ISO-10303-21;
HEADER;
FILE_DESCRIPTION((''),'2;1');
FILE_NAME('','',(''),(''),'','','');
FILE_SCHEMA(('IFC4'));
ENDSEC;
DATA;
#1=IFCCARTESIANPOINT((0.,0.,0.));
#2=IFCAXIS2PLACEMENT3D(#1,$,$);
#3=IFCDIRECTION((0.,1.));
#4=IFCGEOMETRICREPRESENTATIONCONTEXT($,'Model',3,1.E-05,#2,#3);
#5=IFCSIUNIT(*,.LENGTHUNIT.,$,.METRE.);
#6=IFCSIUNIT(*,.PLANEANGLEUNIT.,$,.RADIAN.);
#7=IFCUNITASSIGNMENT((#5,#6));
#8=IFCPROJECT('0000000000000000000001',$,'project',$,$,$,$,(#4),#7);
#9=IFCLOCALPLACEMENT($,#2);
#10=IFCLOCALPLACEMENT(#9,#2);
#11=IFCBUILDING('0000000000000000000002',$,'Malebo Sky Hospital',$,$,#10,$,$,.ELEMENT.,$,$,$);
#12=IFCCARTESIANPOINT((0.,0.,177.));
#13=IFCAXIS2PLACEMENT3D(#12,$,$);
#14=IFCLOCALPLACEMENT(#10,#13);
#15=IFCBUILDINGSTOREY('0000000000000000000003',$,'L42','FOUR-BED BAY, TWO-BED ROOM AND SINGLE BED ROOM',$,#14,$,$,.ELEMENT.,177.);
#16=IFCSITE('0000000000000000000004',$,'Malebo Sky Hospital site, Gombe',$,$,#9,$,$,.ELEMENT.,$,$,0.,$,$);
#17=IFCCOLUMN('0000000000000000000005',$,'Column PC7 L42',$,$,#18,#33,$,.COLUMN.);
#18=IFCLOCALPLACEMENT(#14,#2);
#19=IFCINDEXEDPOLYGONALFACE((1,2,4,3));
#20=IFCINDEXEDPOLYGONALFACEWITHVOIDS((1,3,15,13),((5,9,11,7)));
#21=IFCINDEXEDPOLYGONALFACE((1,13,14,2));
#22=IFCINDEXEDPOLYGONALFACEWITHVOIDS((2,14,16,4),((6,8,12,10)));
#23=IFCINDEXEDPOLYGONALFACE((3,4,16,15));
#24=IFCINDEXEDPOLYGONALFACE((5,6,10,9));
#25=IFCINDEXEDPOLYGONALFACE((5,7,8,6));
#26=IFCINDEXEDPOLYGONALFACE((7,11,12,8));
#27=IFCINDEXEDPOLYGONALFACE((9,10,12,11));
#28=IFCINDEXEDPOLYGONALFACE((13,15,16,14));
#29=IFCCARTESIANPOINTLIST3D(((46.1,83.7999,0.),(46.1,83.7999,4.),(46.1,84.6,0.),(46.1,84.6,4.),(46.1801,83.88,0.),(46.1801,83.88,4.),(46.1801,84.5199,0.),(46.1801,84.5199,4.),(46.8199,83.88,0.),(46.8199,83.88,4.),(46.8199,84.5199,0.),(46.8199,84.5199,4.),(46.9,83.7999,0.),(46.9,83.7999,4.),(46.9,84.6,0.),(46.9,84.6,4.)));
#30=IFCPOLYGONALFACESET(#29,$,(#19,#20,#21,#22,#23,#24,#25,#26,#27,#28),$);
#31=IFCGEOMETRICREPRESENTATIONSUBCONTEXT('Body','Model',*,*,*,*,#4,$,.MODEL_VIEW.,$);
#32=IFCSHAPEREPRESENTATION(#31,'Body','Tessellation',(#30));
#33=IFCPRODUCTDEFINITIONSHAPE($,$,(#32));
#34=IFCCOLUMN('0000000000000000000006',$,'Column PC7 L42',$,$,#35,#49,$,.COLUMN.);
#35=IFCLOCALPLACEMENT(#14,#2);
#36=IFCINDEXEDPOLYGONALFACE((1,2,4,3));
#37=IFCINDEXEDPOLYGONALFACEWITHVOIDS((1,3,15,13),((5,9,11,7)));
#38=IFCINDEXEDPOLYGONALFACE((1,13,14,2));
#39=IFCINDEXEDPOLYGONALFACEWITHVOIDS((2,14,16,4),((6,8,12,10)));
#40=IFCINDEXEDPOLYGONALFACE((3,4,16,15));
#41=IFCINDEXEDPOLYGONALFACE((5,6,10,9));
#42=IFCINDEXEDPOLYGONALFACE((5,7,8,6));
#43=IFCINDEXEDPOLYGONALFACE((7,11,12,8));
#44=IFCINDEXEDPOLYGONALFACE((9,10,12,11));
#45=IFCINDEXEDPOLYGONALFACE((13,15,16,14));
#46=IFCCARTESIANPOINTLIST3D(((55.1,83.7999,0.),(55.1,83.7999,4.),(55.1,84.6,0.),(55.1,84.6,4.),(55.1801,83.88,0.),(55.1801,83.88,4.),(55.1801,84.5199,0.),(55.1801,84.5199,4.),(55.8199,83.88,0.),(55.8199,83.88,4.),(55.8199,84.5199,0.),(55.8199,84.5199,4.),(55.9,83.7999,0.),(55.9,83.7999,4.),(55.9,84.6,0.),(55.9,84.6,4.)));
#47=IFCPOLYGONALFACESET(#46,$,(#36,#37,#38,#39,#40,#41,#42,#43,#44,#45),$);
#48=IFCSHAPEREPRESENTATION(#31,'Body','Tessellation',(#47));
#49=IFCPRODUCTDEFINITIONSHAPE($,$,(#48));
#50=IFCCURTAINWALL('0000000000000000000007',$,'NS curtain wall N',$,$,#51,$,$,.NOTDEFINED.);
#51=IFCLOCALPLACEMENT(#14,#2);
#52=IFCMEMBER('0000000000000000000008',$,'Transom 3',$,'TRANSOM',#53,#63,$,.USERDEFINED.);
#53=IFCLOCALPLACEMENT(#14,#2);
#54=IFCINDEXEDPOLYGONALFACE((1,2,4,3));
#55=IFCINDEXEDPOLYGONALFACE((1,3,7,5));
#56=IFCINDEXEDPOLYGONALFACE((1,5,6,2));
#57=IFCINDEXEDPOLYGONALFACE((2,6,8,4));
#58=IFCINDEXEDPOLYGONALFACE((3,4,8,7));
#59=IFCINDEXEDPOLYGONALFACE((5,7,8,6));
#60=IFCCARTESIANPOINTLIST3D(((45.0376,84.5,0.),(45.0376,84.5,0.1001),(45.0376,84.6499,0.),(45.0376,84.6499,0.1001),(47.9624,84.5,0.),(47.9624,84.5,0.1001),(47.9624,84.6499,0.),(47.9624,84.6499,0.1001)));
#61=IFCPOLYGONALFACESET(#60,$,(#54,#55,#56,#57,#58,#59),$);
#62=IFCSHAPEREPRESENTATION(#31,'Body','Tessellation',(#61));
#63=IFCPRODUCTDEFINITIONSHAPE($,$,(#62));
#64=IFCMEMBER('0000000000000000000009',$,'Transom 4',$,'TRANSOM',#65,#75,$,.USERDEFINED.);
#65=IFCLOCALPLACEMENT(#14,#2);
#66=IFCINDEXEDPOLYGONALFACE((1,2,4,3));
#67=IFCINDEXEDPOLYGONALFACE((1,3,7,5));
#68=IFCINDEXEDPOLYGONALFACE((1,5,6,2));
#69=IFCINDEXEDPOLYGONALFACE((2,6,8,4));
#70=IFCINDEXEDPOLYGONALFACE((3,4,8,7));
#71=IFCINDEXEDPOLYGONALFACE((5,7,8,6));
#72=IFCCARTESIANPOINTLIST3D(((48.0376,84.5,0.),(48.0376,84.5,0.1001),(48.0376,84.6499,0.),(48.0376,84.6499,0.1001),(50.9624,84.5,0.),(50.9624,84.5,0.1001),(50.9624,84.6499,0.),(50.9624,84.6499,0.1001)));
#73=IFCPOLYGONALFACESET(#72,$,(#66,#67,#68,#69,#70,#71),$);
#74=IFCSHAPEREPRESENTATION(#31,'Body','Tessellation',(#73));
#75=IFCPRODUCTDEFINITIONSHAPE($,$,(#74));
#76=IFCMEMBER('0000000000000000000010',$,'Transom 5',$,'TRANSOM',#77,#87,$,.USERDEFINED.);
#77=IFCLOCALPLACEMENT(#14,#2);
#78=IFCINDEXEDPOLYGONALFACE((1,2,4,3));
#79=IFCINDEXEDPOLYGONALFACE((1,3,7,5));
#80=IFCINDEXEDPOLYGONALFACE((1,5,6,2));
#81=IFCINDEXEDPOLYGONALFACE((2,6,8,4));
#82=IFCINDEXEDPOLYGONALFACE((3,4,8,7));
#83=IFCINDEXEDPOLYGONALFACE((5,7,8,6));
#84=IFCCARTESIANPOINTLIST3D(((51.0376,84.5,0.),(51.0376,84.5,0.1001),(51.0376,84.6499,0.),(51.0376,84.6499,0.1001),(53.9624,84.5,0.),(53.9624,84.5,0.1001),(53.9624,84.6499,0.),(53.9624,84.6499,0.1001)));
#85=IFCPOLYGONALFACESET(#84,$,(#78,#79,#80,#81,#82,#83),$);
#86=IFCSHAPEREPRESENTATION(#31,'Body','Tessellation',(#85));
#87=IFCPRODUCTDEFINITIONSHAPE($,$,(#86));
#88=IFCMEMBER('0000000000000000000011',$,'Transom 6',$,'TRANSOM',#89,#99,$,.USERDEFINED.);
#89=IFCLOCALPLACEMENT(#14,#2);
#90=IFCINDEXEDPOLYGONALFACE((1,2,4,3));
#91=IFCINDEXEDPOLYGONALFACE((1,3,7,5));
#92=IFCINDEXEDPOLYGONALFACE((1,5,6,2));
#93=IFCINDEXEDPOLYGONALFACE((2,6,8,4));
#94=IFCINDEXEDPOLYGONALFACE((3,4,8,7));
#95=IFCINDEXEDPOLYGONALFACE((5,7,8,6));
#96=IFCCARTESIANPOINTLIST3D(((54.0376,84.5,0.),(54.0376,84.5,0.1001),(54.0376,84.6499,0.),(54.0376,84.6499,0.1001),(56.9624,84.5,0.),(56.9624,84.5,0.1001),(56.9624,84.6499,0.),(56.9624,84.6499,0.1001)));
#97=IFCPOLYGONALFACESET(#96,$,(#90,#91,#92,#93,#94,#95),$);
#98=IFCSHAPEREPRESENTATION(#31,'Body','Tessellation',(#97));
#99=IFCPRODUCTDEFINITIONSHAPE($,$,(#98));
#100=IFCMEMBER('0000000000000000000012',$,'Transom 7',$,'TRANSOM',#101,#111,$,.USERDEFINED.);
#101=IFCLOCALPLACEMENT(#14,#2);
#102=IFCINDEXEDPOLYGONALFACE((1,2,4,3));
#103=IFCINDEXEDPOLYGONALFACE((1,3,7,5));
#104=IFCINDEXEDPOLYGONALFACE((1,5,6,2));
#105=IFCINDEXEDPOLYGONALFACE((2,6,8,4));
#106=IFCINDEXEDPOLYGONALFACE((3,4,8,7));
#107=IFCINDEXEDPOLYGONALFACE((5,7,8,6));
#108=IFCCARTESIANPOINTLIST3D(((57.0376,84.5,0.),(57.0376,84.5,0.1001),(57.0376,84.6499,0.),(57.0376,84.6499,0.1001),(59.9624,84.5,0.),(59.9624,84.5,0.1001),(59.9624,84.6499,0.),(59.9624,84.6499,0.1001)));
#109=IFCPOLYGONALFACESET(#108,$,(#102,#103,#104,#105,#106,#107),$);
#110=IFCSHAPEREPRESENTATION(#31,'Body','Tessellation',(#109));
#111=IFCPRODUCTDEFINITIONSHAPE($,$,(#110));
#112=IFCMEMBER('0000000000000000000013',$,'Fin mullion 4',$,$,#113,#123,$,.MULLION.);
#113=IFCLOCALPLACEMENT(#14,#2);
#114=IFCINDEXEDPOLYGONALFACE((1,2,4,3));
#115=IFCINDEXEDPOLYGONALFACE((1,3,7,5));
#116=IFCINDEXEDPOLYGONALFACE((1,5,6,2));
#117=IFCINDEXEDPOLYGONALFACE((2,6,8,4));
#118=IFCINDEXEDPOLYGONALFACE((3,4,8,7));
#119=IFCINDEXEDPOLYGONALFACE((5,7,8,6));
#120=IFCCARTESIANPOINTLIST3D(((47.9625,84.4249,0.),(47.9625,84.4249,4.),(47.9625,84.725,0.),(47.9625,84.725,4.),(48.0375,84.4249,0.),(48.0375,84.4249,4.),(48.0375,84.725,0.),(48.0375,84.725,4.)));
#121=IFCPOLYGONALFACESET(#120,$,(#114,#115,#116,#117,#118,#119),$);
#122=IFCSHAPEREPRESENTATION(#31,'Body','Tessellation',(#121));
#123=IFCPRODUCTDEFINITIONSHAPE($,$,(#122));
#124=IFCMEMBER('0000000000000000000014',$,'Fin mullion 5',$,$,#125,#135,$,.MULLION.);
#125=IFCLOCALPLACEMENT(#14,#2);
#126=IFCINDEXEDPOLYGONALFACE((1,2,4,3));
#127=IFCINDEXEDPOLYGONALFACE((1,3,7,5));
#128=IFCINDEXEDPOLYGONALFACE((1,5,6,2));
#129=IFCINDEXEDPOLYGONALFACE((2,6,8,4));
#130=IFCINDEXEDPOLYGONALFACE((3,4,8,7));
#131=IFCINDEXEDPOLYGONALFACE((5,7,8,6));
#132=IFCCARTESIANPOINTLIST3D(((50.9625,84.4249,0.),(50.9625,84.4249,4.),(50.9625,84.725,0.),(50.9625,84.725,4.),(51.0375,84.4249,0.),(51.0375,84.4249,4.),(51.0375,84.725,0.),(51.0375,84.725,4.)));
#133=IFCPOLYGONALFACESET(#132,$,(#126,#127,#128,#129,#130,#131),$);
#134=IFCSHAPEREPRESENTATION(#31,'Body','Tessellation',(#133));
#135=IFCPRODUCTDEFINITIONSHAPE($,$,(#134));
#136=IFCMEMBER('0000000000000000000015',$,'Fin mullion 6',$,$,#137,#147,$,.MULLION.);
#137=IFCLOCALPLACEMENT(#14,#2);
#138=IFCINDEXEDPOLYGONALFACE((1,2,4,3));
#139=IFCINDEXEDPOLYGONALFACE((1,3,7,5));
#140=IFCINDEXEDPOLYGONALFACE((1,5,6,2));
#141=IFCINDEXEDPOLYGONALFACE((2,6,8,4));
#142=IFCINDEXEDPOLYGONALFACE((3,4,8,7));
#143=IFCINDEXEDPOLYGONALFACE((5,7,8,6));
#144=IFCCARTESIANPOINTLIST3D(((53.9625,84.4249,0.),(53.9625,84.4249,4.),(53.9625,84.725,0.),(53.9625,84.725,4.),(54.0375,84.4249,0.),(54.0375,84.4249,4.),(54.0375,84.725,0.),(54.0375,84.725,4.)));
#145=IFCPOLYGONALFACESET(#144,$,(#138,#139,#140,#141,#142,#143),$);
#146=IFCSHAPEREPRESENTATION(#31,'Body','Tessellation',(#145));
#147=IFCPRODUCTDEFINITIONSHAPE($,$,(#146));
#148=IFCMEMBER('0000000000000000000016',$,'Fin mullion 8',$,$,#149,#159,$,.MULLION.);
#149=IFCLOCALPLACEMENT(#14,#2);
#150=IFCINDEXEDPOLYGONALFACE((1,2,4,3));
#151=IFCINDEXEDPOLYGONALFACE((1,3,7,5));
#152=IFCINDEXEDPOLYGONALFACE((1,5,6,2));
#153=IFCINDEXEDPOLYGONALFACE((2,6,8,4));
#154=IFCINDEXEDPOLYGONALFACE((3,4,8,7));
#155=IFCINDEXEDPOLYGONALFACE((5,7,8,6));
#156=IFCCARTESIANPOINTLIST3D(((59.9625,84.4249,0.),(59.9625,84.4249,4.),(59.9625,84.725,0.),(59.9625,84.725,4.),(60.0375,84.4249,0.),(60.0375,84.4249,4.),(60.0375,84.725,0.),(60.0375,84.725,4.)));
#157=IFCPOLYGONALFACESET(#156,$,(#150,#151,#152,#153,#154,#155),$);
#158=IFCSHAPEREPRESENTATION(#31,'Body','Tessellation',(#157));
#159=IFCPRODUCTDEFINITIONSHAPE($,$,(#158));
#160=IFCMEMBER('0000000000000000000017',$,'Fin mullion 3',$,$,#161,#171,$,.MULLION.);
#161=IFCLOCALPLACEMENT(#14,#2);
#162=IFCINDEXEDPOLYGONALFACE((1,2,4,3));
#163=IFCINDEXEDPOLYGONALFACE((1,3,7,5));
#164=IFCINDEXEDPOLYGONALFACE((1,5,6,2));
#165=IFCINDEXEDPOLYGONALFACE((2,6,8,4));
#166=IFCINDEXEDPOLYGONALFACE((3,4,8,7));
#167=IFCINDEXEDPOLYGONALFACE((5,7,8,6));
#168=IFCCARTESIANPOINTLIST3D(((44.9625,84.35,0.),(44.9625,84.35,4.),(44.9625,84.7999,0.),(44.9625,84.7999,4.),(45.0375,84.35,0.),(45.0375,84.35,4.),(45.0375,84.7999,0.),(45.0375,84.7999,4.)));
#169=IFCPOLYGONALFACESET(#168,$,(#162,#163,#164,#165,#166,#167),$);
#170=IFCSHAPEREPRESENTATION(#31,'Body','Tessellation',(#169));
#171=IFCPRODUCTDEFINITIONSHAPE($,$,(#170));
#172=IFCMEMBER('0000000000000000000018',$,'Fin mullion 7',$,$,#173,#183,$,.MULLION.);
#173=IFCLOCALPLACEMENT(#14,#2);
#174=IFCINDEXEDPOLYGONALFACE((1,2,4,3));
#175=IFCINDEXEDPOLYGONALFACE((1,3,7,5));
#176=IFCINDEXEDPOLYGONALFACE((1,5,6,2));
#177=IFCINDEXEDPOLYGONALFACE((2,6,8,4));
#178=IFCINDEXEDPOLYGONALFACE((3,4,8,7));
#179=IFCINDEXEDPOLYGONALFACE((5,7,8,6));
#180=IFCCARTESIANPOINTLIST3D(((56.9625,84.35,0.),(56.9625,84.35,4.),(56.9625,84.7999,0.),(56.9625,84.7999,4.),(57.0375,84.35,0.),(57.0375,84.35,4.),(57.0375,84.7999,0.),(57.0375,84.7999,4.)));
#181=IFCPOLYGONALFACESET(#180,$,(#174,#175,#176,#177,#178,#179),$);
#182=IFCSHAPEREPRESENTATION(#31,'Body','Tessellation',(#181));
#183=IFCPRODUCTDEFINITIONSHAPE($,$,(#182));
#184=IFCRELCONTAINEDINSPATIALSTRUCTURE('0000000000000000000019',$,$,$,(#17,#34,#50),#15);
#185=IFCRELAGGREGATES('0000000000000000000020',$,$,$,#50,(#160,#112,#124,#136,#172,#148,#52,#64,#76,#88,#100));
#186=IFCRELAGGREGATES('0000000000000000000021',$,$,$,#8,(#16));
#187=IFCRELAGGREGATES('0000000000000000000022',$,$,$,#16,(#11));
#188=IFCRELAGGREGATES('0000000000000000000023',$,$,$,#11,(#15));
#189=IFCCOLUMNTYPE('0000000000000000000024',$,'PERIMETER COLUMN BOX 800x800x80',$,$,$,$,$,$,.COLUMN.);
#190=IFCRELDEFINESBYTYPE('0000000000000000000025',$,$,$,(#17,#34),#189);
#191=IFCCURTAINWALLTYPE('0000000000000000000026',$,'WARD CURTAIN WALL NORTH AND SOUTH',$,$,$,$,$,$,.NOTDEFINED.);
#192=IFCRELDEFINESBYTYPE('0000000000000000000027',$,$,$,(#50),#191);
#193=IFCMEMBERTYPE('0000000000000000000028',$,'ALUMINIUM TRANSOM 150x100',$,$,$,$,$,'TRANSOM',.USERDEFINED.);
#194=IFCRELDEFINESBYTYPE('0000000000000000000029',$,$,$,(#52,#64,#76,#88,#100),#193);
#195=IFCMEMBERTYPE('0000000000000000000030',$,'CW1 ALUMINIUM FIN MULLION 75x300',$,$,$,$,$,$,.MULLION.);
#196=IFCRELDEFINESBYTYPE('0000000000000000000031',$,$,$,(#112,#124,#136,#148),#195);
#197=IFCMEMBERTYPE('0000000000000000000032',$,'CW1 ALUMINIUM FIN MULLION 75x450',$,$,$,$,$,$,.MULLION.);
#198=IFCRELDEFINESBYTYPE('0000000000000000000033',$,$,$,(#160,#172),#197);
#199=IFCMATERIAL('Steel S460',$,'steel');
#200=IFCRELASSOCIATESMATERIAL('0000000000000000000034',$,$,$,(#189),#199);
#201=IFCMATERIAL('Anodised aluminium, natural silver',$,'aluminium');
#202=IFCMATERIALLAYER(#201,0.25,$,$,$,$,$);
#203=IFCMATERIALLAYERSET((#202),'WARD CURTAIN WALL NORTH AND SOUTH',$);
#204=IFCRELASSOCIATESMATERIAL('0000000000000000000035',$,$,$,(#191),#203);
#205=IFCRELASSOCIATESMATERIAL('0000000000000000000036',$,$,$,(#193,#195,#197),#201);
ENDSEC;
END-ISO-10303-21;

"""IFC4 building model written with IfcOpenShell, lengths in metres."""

from ifc_helpers import new_model, si_unit, direction, frame, origin, origin_2d, place, context, subcontext, project, spatial, rectangle, hollow_rectangle, extrude, material, layer, layer_set, material_profile, profile_set, type_object, element, aggregate, save


model = new_model("IFC4")

# Units and contexts
model_context = context("Model", 3, precision=1e-05, world=origin(), true_north=direction((0.0, 1.0)))
body_context = subcontext(model_context, "Body", "Model", "MODEL_VIEW")
ifc_project = project(units=[si_unit("LENGTHUNIT", "METRE"), si_unit("PLANEANGLEUNIT", "RADIAN")], contexts=[model_context])

# Site, building, storey
site_placement = place(None, origin())
site = spatial("IfcSite", under=ifc_project, at=site_placement, Name="Malebo Sky Hospital site, Gombe", CompositionType="ELEMENT", RefElevation=0.0)
building_placement = place(site_placement, origin())
building = spatial("IfcBuilding", under=site, at=building_placement, Name="Malebo Sky Hospital", CompositionType="ELEMENT")
storey_placement = place(building_placement, frame((0.0, 0.0, 177.0)))
storey = spatial("IfcBuildingStorey", under=building, at=storey_placement, Name="L42", Description="FOUR-BED BAY, TWO-BED ROOM AND SINGLE BED ROOM", CompositionType="ELEMENT", Elevation=177.0)

# Columns
ifc_material_1 = material(Name="Steel S460", Category="steel")
ifc_material_profile_1 = material_profile(ifc_material_1, hollow_rectangle(XDim=0.8, YDim=0.8, WallThickness=0.0801, at=origin_2d()), Name="BOX 800x800x80")
ifc_profile_set_1 = profile_set([ifc_material_profile_1], Name="Steel S460")
column_type = type_object("IfcColumnType", Name="PERIMETER COLUMN BOX 800x800x80", PredefinedType="COLUMN", material=ifc_profile_set_1)
for number, where, z_axis, x_axis, name in (
    (1, (46.5, 84.2, 0.0), (0.0, 0.0, 1.0), (1.0, 0.0, 0.0), "Column PC7 L42"),
    (2, (55.5, 84.2, 0.0), (0.0, 0.0, 1.0), (1.0, 0.0, 0.0), "Column PC7 L42"),
):
    element("IfcColumn", number, at=place(storey_placement, frame(where, z_axis=z_axis, x_axis=x_axis)), inside=storey, type_object=column_type, Name=name, PredefinedType="COLUMN", context=body_context, shape_type="SweptSolid", body=[
        extrude(hollow_rectangle(XDim=0.8, YDim=0.8, WallThickness=0.0801, at=origin_2d()), origin(), (0.0, 0.0, 1.0), 4.0),
    ])

# Curtain wall, members
ifc_material_2 = material(Name="Anodised aluminium, natural silver", Category="aluminium")
ifc_layer_1 = layer(ifc_material_2, 0.25)
ifc_layer_set_1 = layer_set([ifc_layer_1], Name="WARD CURTAIN WALL NORTH AND SOUTH")
curtain_wall_type = type_object("IfcCurtainWallType", Name="WARD CURTAIN WALL NORTH AND SOUTH", PredefinedType="NOTDEFINED", material=ifc_layer_set_1)
curtain_wall_placement = place(storey_placement, origin())
curtain_wall = element("IfcCurtainWall", 3, at=curtain_wall_placement, inside=storey, type_object=curtain_wall_type, Name="NS curtain wall N", PredefinedType="NOTDEFINED")
ifc_material_profile_2 = material_profile(ifc_material_2, rectangle(XDim=0.1499, YDim=0.1001, at=origin_2d()), Name="ALUMINIUM TRANSOM 150x100")
ifc_profile_set_2 = profile_set([ifc_material_profile_2], Name="Anodised aluminium, natural silver")
member_type_1 = type_object("IfcMemberType", Name="ALUMINIUM TRANSOM 150x100", ElementType="TRANSOM", PredefinedType="USERDEFINED", material=ifc_profile_set_2)
member_1_placement = place(storey_placement, frame((45.0376, 84.575, 0.05), z_axis=(1.0, 0.0, 0.0), x_axis=(0.0, 1.0, 0.0)))
member_1 = element("IfcMember", 4, at=member_1_placement, type_object=member_type_1, Name="Transom 3", ObjectType="TRANSOM", PredefinedType="USERDEFINED", context=body_context, shape_type="SweptSolid", body=[
    extrude(rectangle(XDim=0.1499, YDim=0.1001, at=origin_2d()), origin(), (0.0, 0.0, 1.0), 2.9248),
])
member_2_placement = place(storey_placement, frame((48.0376, 84.575, 0.05), z_axis=(1.0, 0.0, 0.0), x_axis=(0.0, 1.0, 0.0)))
member_2 = element("IfcMember", 5, at=member_2_placement, type_object=member_type_1, Name="Transom 4", ObjectType="TRANSOM", PredefinedType="USERDEFINED", context=body_context, shape_type="SweptSolid", body=[
    extrude(rectangle(XDim=0.1499, YDim=0.1001, at=origin_2d()), origin(), (0.0, 0.0, 1.0), 2.9248),
])
member_3_placement = place(storey_placement, frame((51.0376, 84.575, 0.05), z_axis=(1.0, 0.0, 0.0), x_axis=(0.0, 1.0, 0.0)))
member_3 = element("IfcMember", 6, at=member_3_placement, type_object=member_type_1, Name="Transom 5", ObjectType="TRANSOM", PredefinedType="USERDEFINED", context=body_context, shape_type="SweptSolid", body=[
    extrude(rectangle(XDim=0.1499, YDim=0.1001, at=origin_2d()), origin(), (0.0, 0.0, 1.0), 2.9248),
])
member_4_placement = place(storey_placement, frame((54.0376, 84.575, 0.05), z_axis=(1.0, 0.0, 0.0), x_axis=(0.0, 1.0, 0.0)))
member_4 = element("IfcMember", 7, at=member_4_placement, type_object=member_type_1, Name="Transom 6", ObjectType="TRANSOM", PredefinedType="USERDEFINED", context=body_context, shape_type="SweptSolid", body=[
    extrude(rectangle(XDim=0.1499, YDim=0.1001, at=origin_2d()), origin(), (0.0, 0.0, 1.0), 2.9248),
])
member_5_placement = place(storey_placement, frame((57.0376, 84.575, 0.05), z_axis=(1.0, 0.0, 0.0), x_axis=(0.0, 1.0, 0.0)))
member_5 = element("IfcMember", 8, at=member_5_placement, type_object=member_type_1, Name="Transom 7", ObjectType="TRANSOM", PredefinedType="USERDEFINED", context=body_context, shape_type="SweptSolid", body=[
    extrude(rectangle(XDim=0.1499, YDim=0.1001, at=origin_2d()), origin(), (0.0, 0.0, 1.0), 2.9248),
])
ifc_material_profile_3 = material_profile(ifc_material_2, rectangle(XDim=0.075, YDim=0.3, at=origin_2d()), Name="CW1 ALUMINIUM FIN MULLION 75x300")
ifc_profile_set_3 = profile_set([ifc_material_profile_3], Name="Anodised aluminium, natural silver")
member_type_2 = type_object("IfcMemberType", Name="CW1 ALUMINIUM FIN MULLION 75x300", PredefinedType="MULLION", material=ifc_profile_set_3)
member_6_placement = place(storey_placement, frame((48.0, 84.575, 0.0), z_axis=(0.0, 0.0, 1.0), x_axis=(1.0, 0.0, 0.0)))
member_6 = element("IfcMember", 9, at=member_6_placement, type_object=member_type_2, Name="Fin mullion 4", PredefinedType="MULLION", context=body_context, shape_type="SweptSolid", body=[
    extrude(rectangle(XDim=0.075, YDim=0.3, at=origin_2d()), origin(), (0.0, 0.0, 1.0), 4.0),
])
member_7_placement = place(storey_placement, frame((51.0, 84.575, 0.0), z_axis=(0.0, 0.0, 1.0), x_axis=(1.0, 0.0, 0.0)))
member_7 = element("IfcMember", 10, at=member_7_placement, type_object=member_type_2, Name="Fin mullion 5", PredefinedType="MULLION", context=body_context, shape_type="SweptSolid", body=[
    extrude(rectangle(XDim=0.075, YDim=0.3, at=origin_2d()), origin(), (0.0, 0.0, 1.0), 4.0),
])
member_8_placement = place(storey_placement, frame((54.0, 84.575, 0.0), z_axis=(0.0, 0.0, 1.0), x_axis=(1.0, 0.0, 0.0)))
member_8 = element("IfcMember", 11, at=member_8_placement, type_object=member_type_2, Name="Fin mullion 6", PredefinedType="MULLION", context=body_context, shape_type="SweptSolid", body=[
    extrude(rectangle(XDim=0.075, YDim=0.3, at=origin_2d()), origin(), (0.0, 0.0, 1.0), 4.0),
])
member_9_placement = place(storey_placement, frame((60.0, 84.575, 0.0), z_axis=(0.0, 0.0, 1.0), x_axis=(1.0, 0.0, 0.0)))
member_9 = element("IfcMember", 12, at=member_9_placement, type_object=member_type_2, Name="Fin mullion 8", PredefinedType="MULLION", context=body_context, shape_type="SweptSolid", body=[
    extrude(rectangle(XDim=0.075, YDim=0.3, at=origin_2d()), origin(), (0.0, 0.0, 1.0), 4.0),
])
ifc_material_profile_4 = material_profile(ifc_material_2, rectangle(XDim=0.075, YDim=0.45, at=origin_2d()), Name="CW1 ALUMINIUM FIN MULLION 75x450")
ifc_profile_set_4 = profile_set([ifc_material_profile_4], Name="Anodised aluminium, natural silver")
member_type_3 = type_object("IfcMemberType", Name="CW1 ALUMINIUM FIN MULLION 75x450", PredefinedType="MULLION", material=ifc_profile_set_4)
member_10_placement = place(storey_placement, frame((45.0, 84.575, 0.0), z_axis=(0.0, 0.0, 1.0), x_axis=(1.0, 0.0, 0.0)))
member_10 = element("IfcMember", 13, at=member_10_placement, type_object=member_type_3, Name="Fin mullion 3", PredefinedType="MULLION", context=body_context, shape_type="SweptSolid", body=[
    extrude(rectangle(XDim=0.075, YDim=0.45, at=origin_2d()), origin(), (0.0, 0.0, 1.0), 4.0),
])
member_11_placement = place(storey_placement, frame((57.0, 84.575, 0.0), z_axis=(0.0, 0.0, 1.0), x_axis=(1.0, 0.0, 0.0)))
member_11 = element("IfcMember", 14, at=member_11_placement, type_object=member_type_3, Name="Fin mullion 7", PredefinedType="MULLION", context=body_context, shape_type="SweptSolid", body=[
    extrude(rectangle(XDim=0.075, YDim=0.45, at=origin_2d()), origin(), (0.0, 0.0, 1.0), 4.0),
])

aggregate(curtain_wall, [member_10, member_6, member_7, member_8, member_11, member_9, member_1, member_2, member_3, member_4, member_5])

save(model, "model.ifc")
